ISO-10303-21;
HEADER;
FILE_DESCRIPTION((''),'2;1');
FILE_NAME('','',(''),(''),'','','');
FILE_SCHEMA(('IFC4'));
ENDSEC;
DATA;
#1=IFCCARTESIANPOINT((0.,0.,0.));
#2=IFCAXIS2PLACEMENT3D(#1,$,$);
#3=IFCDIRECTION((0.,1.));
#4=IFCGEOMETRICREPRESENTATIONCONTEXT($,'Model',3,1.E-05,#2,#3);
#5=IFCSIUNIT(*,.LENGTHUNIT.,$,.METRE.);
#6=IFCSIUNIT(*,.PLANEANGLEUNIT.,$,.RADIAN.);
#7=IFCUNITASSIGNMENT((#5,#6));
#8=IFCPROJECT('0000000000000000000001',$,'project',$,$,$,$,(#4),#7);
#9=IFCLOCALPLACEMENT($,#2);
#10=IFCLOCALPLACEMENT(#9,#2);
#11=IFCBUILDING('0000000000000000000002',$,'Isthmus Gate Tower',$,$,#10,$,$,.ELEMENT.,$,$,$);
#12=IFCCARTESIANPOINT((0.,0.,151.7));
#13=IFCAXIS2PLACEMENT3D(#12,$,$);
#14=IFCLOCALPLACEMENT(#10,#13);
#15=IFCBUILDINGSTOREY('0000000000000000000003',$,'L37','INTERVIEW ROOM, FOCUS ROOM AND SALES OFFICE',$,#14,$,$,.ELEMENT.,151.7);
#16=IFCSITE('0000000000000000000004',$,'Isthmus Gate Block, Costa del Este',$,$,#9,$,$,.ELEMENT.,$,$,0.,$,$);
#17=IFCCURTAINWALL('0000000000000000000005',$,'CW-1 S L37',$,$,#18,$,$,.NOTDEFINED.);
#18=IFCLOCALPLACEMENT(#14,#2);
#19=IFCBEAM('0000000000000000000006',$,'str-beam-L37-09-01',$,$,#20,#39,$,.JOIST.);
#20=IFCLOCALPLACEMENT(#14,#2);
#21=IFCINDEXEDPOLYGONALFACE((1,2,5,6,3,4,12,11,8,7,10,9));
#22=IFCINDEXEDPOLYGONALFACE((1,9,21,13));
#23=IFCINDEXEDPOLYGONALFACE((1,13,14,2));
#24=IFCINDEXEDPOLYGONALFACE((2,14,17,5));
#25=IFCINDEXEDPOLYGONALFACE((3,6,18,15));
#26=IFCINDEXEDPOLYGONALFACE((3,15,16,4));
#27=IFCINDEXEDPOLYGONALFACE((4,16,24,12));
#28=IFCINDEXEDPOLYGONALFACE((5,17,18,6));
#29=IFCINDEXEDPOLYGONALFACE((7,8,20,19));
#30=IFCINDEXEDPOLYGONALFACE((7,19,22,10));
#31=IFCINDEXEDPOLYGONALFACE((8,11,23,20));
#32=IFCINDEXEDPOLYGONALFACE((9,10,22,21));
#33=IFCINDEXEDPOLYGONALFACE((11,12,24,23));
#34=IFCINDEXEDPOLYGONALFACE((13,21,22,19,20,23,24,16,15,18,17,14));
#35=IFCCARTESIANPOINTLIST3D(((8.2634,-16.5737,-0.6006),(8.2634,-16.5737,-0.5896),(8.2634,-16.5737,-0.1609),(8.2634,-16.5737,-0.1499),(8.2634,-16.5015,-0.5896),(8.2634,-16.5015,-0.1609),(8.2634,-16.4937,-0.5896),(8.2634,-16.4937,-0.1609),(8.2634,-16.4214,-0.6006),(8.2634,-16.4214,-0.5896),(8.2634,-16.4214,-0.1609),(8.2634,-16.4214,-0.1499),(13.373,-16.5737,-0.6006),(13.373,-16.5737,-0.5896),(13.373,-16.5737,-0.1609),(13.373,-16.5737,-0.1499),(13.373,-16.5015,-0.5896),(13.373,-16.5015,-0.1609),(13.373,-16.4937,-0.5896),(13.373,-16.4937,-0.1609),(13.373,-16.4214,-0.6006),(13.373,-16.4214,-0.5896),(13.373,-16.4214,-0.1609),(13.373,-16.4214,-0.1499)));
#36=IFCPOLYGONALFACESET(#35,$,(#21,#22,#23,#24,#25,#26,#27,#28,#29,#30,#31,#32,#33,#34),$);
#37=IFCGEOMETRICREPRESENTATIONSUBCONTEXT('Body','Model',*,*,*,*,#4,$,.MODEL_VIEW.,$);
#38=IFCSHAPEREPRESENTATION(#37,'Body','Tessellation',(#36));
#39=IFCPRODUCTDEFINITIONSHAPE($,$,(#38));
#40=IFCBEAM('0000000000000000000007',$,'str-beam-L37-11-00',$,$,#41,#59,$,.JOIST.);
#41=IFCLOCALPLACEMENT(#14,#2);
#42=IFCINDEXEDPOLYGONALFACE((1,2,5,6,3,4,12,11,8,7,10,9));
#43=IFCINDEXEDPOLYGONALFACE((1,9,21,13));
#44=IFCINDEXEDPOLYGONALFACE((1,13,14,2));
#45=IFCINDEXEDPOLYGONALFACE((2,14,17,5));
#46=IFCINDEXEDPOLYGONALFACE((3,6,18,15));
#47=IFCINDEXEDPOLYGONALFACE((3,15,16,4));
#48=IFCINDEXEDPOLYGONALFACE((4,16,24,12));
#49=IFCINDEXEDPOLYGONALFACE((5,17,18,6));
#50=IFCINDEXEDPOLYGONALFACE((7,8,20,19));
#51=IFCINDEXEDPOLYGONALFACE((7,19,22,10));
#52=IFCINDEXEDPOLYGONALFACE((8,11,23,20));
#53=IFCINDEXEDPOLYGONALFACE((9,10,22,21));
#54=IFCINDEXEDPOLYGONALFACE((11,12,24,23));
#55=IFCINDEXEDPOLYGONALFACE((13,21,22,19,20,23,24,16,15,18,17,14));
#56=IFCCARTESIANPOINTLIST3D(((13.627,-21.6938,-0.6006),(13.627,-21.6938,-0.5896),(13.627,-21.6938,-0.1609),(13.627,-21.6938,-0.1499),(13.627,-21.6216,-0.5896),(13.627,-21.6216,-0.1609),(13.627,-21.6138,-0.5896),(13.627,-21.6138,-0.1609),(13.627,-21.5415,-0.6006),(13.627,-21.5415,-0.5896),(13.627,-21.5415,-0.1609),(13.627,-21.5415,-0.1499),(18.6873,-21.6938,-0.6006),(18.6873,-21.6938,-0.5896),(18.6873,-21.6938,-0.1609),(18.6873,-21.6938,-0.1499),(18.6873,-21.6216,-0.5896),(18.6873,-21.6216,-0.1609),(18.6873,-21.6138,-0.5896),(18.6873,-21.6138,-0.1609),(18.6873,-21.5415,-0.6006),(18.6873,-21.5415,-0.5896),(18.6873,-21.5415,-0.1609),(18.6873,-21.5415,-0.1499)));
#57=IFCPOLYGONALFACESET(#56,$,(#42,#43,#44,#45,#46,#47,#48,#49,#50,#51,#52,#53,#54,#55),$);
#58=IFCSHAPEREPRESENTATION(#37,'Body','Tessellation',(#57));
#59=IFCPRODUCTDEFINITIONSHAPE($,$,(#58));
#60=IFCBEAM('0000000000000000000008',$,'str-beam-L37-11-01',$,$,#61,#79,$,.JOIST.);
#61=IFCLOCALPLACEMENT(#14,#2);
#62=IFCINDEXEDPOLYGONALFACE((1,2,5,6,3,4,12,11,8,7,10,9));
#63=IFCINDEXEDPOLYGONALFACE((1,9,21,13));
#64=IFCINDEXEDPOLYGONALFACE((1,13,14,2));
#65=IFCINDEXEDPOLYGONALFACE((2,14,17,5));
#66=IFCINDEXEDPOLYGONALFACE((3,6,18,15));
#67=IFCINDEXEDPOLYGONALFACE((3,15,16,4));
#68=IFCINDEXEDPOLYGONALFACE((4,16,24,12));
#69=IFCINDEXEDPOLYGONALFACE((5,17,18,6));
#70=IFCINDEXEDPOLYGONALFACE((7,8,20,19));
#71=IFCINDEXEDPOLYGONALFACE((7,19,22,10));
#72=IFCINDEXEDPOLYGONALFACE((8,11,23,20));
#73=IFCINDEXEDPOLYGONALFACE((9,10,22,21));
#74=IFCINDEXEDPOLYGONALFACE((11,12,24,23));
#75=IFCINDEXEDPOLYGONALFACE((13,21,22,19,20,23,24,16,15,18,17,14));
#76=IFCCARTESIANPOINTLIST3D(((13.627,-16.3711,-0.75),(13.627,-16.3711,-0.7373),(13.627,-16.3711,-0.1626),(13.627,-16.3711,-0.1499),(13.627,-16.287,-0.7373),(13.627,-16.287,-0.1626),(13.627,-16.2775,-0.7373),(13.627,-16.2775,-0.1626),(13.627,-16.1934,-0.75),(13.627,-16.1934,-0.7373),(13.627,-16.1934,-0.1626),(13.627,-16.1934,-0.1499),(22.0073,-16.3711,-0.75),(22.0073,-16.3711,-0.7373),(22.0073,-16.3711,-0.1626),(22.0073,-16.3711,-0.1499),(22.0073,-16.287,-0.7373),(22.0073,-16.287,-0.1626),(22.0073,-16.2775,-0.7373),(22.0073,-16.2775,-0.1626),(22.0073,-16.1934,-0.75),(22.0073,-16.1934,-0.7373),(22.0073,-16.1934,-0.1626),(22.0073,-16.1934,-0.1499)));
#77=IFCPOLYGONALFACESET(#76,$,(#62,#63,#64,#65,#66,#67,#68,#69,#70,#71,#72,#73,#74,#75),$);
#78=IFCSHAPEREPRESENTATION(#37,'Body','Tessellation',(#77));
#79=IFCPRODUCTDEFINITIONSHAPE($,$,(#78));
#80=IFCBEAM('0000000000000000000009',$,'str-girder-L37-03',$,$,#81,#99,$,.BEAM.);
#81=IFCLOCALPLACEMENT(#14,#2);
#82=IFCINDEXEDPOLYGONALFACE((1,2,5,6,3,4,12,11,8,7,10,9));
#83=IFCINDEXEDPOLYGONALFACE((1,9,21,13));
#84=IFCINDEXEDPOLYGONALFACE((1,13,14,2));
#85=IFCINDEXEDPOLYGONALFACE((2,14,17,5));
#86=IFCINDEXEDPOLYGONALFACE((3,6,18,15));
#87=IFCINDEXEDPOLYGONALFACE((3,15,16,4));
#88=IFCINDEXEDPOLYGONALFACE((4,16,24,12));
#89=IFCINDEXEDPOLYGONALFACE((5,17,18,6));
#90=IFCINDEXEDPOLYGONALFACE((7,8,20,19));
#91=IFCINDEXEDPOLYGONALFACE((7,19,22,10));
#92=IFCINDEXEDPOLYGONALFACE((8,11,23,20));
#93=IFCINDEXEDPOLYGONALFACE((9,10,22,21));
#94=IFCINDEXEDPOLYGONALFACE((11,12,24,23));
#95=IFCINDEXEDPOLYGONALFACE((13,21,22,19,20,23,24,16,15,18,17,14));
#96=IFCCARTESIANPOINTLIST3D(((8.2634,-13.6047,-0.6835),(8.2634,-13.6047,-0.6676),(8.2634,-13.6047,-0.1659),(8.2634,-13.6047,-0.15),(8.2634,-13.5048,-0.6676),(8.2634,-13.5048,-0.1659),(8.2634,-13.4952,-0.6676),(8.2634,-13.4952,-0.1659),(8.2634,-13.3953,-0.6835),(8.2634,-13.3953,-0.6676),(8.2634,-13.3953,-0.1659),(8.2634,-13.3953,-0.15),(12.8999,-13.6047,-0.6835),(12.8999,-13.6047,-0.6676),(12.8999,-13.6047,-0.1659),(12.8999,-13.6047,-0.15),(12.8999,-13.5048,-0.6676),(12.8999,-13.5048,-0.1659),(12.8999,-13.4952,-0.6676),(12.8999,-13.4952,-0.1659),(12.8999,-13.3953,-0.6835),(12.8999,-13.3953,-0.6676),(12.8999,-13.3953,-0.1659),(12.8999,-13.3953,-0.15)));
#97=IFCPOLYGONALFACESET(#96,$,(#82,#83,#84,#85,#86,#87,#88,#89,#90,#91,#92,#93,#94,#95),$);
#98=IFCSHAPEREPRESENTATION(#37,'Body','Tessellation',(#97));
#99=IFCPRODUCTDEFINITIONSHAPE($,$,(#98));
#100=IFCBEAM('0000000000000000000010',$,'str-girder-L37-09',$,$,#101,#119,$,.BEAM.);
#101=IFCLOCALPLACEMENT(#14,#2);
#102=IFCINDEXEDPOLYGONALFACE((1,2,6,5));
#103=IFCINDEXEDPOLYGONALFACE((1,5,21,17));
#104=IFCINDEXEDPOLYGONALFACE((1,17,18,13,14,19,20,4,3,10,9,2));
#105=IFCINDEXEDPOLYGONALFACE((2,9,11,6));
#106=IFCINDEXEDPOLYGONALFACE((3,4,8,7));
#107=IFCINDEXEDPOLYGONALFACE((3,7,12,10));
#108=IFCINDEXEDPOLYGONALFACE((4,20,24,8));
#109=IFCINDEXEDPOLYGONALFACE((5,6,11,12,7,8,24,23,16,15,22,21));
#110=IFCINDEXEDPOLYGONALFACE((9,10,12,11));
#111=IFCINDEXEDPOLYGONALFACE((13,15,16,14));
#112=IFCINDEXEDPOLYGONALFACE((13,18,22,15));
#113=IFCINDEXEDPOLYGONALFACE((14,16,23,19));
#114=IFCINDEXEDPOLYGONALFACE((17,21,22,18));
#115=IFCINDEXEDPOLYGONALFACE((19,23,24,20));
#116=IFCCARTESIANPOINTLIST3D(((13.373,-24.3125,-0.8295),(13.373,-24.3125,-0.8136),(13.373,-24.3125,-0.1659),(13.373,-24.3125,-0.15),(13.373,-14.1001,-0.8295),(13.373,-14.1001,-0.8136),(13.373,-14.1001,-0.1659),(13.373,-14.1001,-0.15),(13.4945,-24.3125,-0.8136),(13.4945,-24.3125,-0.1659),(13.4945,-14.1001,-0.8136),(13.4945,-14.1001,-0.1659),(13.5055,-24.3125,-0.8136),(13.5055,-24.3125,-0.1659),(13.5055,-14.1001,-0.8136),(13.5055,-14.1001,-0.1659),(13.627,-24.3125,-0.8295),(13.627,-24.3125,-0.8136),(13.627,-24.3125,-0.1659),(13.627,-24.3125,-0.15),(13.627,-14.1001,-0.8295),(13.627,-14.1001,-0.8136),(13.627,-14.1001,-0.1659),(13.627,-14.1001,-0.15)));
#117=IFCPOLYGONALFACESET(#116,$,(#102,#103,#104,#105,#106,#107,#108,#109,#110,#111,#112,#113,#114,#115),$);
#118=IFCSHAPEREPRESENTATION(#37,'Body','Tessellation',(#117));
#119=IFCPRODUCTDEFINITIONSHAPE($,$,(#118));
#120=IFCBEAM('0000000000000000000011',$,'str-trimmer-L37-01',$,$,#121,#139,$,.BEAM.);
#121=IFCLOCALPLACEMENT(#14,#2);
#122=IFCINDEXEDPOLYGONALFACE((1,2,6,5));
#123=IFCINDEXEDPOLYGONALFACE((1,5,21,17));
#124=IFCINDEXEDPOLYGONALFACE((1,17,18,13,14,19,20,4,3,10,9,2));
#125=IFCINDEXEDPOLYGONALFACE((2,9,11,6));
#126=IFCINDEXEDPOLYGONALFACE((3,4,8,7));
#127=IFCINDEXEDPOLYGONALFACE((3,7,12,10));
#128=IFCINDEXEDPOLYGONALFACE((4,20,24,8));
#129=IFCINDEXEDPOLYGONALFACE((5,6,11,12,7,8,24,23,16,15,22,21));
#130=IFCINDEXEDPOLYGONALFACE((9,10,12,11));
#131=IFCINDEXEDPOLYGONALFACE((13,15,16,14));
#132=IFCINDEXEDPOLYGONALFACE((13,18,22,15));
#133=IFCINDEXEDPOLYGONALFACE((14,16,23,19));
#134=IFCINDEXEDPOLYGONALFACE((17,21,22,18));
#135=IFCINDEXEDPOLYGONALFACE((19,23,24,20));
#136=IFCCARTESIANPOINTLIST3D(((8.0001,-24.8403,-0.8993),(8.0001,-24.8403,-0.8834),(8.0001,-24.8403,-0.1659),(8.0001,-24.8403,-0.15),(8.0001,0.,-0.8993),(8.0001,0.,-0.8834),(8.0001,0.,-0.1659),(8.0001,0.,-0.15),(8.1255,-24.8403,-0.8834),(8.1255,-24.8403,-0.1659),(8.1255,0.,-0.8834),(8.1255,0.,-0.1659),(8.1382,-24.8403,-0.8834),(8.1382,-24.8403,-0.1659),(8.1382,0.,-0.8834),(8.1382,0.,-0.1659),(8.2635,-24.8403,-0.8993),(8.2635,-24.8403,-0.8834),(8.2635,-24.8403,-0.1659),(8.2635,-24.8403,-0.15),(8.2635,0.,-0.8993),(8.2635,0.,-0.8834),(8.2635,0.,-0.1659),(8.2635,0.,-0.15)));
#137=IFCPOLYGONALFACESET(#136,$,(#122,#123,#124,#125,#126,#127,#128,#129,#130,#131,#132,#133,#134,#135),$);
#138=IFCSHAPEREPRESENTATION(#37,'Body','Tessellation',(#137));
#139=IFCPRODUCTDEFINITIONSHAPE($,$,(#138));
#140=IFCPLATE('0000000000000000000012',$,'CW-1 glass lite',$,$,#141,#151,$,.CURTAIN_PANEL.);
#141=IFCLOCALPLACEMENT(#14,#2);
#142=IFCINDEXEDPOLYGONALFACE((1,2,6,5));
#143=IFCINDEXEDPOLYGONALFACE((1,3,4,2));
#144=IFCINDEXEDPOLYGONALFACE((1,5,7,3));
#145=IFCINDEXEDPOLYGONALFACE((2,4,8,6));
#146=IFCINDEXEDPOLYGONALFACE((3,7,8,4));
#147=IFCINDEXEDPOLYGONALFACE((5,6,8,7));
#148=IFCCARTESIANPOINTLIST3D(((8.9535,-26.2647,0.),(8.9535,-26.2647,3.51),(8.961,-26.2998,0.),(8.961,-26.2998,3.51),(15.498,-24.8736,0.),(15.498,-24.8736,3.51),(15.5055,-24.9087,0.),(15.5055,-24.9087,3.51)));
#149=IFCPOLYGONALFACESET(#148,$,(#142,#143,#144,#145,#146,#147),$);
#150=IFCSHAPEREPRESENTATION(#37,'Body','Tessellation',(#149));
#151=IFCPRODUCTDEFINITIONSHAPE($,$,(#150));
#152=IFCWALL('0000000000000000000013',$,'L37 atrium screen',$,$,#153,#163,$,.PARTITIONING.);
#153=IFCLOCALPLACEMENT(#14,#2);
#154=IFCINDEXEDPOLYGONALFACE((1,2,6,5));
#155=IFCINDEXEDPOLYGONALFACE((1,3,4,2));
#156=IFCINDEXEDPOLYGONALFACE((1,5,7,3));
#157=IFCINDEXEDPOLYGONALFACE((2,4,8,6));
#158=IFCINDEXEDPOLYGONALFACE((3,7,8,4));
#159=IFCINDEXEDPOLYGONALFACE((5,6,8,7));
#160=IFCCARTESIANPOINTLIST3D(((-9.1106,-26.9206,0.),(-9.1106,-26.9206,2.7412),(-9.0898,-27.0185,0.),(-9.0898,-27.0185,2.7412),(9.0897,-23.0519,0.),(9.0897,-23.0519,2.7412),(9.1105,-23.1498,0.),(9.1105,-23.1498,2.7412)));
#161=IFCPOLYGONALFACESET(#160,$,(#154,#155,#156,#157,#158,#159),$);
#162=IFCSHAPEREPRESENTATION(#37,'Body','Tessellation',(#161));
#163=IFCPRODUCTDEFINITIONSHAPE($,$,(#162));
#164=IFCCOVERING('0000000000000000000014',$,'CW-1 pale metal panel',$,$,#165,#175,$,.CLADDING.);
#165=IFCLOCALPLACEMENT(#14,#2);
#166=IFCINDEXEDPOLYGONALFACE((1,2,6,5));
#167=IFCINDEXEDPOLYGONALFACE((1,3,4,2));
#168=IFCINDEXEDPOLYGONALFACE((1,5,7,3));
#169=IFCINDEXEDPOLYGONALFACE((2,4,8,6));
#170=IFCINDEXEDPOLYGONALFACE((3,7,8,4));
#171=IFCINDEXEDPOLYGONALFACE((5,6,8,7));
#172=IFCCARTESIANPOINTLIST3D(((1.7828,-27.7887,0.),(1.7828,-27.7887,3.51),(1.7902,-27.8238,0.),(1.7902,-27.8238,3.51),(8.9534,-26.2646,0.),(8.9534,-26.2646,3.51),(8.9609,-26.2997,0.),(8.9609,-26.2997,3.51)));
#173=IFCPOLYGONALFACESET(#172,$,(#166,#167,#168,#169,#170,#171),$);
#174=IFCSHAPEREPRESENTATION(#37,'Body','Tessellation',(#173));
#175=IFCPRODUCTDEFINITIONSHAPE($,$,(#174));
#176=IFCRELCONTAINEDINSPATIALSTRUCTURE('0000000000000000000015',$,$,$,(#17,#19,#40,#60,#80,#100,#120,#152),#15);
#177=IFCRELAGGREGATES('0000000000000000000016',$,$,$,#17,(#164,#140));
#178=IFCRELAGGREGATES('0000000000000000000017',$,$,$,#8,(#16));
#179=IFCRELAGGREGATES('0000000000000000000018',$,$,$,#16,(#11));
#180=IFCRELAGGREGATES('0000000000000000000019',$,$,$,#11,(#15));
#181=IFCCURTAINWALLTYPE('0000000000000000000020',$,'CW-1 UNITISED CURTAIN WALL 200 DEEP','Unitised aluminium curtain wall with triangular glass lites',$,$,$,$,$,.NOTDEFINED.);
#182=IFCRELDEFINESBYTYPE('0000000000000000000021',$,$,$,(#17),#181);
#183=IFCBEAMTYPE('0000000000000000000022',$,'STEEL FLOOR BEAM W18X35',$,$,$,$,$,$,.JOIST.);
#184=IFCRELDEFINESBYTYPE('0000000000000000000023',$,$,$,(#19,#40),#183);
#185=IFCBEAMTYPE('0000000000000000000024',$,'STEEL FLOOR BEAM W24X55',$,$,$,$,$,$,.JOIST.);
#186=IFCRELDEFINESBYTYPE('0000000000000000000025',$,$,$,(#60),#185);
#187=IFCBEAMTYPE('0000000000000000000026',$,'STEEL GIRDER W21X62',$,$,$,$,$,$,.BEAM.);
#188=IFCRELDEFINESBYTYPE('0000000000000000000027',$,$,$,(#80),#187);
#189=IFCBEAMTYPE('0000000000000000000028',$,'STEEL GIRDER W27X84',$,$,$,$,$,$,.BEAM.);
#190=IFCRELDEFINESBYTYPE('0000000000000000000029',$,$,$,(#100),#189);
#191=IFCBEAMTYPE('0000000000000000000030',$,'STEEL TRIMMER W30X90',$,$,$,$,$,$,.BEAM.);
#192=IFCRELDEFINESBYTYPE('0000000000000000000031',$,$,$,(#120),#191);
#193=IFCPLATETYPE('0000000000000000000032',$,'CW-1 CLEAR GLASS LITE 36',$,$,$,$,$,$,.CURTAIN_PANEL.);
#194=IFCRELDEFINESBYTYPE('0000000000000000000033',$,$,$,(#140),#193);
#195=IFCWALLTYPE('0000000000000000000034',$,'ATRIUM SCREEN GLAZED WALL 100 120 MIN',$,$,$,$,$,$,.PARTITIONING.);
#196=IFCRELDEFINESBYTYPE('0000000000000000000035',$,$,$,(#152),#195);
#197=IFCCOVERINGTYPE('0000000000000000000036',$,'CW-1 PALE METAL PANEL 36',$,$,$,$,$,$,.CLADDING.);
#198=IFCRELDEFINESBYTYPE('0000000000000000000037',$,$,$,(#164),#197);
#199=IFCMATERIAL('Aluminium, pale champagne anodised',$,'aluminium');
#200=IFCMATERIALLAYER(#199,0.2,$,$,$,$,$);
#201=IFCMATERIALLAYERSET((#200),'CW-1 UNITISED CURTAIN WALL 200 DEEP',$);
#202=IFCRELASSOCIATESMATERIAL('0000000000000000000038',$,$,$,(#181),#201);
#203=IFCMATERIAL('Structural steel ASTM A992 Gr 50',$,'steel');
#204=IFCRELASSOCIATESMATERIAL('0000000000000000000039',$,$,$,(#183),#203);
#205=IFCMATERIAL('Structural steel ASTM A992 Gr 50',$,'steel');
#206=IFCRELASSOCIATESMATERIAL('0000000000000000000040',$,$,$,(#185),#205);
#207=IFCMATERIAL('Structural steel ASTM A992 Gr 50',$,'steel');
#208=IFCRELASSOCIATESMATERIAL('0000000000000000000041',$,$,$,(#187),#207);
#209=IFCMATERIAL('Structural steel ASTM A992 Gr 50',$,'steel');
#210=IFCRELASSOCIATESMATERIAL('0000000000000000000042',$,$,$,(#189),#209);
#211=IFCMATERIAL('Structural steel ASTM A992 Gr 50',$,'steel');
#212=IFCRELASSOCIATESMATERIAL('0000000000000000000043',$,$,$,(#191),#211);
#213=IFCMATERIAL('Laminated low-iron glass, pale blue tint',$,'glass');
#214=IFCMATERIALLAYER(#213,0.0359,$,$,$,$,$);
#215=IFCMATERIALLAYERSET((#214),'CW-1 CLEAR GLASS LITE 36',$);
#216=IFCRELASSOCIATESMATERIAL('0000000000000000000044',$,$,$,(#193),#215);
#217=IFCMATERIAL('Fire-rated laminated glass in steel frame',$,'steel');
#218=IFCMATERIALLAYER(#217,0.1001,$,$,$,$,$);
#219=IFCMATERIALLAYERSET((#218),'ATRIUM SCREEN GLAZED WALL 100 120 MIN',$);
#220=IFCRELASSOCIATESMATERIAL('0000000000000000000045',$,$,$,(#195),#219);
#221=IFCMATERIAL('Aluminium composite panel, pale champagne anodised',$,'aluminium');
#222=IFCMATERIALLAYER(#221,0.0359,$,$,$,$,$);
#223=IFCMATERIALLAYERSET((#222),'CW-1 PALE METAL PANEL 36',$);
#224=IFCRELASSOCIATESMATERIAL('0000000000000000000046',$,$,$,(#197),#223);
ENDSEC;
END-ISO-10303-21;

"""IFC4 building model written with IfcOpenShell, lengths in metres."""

from ifc_helpers import new_model, si_unit, direction, frame, frame_2d, origin, origin_2d, place, context, subcontext, project, spatial, rectangle, i_section, extrude, material, layer, layer_set, material_profile, profile_set, type_object, element, aggregate, save


model = new_model("IFC4")

# Units and contexts
model_context = context("Model", 3, precision=1e-05, world=origin(), true_north=direction((0.0, 1.0)))
body_context = subcontext(model_context, "Body", "Model", "MODEL_VIEW")
ifc_project = project(units=[si_unit("LENGTHUNIT", "METRE"), si_unit("PLANEANGLEUNIT", "RADIAN")], contexts=[model_context])

# Site, building, storey
site_placement = place(None, origin())
site = spatial("IfcSite", under=ifc_project, at=site_placement, Name="Isthmus Gate Block, Costa del Este", CompositionType="ELEMENT", RefElevation=0.0)
building_placement = place(site_placement, origin())
building = spatial("IfcBuilding", under=site, at=building_placement, Name="Isthmus Gate Tower", CompositionType="ELEMENT")
storey_placement = place(building_placement, frame((0.0, 0.0, 151.7)))
storey = spatial("IfcBuildingStorey", under=building, at=storey_placement, Name="L37", Description="INTERVIEW ROOM, FOCUS ROOM AND SALES OFFICE", CompositionType="ELEMENT", Elevation=151.7)

# Curtain wall
ifc_material_1 = material(Name="Aluminium, pale champagne anodised", Category="aluminium")
ifc_layer_1 = layer(ifc_material_1, 0.2)
ifc_layer_set_1 = layer_set([ifc_layer_1], Name="CW-1 UNITISED CURTAIN WALL 200 DEEP")
curtain_wall_type = type_object("IfcCurtainWallType", Name="CW-1 UNITISED CURTAIN WALL 200 DEEP", Description="Unitised aluminium curtain wall with triangular glass lites", PredefinedType="NOTDEFINED", material=ifc_layer_set_1)
curtain_wall_placement = place(storey_placement, origin())
curtain_wall = element("IfcCurtainWall", 1, at=curtain_wall_placement, inside=storey, type_object=curtain_wall_type, Name="CW-1 S L37", PredefinedType="NOTDEFINED")

# Beams
ifc_material_2 = material(Name="Structural steel ASTM A992 Gr 50", Category="steel")
ifc_material_profile_1 = material_profile(ifc_material_2, i_section(OverallWidth=0.1523, OverallDepth=0.4507, WebThickness=0.0078, FlangeThickness=0.011, at=origin_2d()), Name="W18X35")
ifc_profile_set_1 = profile_set([ifc_material_profile_1], Name="Structural steel ASTM A992 Gr 50")
beam_type_1 = type_object("IfcBeamType", Name="STEEL FLOOR BEAM W18X35", PredefinedType="JOIST", material=ifc_profile_set_1)
for number, where, z_axis, x_axis, name in (
    (2, (8.2634, -16.4976, -0.3752), (1.0, 0.0, 0.0), (0.0, 1.0, 0.0), "str-beam-L37-09-01"),
):
    element("IfcBeam", number, at=place(storey_placement, frame(where, z_axis=z_axis, x_axis=x_axis)), inside=storey, type_object=beam_type_1, Name=name, PredefinedType="JOIST", context=body_context, shape_type="SweptSolid", body=[
        extrude(i_section(OverallWidth=0.1523, OverallDepth=0.4507, WebThickness=0.0078, FlangeThickness=0.011, at=origin_2d()), origin(), (0.0, 0.0, 1.0), 5.1096),
    ])
beam_1_placement = place(storey_placement, frame((13.627, -21.6177, -0.3752), z_axis=(1.0, 0.0, 0.0), x_axis=(0.0, 1.0, 0.0)))
element("IfcBeam", 3, at=beam_1_placement, inside=storey, type_object=beam_type_1, Name="str-beam-L37-11-00", PredefinedType="JOIST", context=body_context, shape_type="SweptSolid", body=[
    extrude(i_section(OverallWidth=0.1523, OverallDepth=0.4507, WebThickness=0.0078, FlangeThickness=0.011, at=origin_2d()), origin(), (0.0, 0.0, 1.0), 5.0603),
])
ifc_material_3 = material(Name="Structural steel ASTM A992 Gr 50", Category="steel")
ifc_material_profile_2 = material_profile(ifc_material_3, i_section(OverallWidth=0.1777, OverallDepth=0.6001, WebThickness=0.0095, FlangeThickness=0.0127, at=origin_2d()), Name="W24X55")
ifc_profile_set_2 = profile_set([ifc_material_profile_2], Name="Structural steel ASTM A992 Gr 50")
beam_type_2 = type_object("IfcBeamType", Name="STEEL FLOOR BEAM W24X55", PredefinedType="JOIST", material=ifc_profile_set_2)
beam_2_placement = place(storey_placement, frame((13.627, -16.2822, -0.45), z_axis=(1.0, 0.0, 0.0), x_axis=(0.0, 1.0, 0.0)))
element("IfcBeam", 4, at=beam_2_placement, inside=storey, type_object=beam_type_2, Name="str-beam-L37-11-01", PredefinedType="JOIST", context=body_context, shape_type="SweptSolid", body=[
    extrude(i_section(OverallWidth=0.1777, OverallDepth=0.6001, WebThickness=0.0095, FlangeThickness=0.0127, at=origin_2d()), origin(), (0.0, 0.0, 1.0), 8.3804),
])
ifc_material_4 = material(Name="Structural steel ASTM A992 Gr 50", Category="steel")
ifc_material_profile_3 = material_profile(ifc_material_4, i_section(OverallWidth=0.2095, OverallDepth=0.5334, WebThickness=0.0095, FlangeThickness=0.0159, at=origin_2d()), Name="W21X62")
ifc_profile_set_3 = profile_set([ifc_material_profile_3], Name="Structural steel ASTM A992 Gr 50")
beam_type_3 = type_object("IfcBeamType", Name="STEEL GIRDER W21X62", PredefinedType="BEAM", material=ifc_profile_set_3)
beam_3_placement = place(storey_placement, frame((8.2634, -13.5, -0.4167), z_axis=(1.0, 0.0, 0.0), x_axis=(0.0, 1.0, 0.0)))
element("IfcBeam", 5, at=beam_3_placement, inside=storey, type_object=beam_type_3, Name="str-girder-L37-03", PredefinedType="BEAM", context=body_context, shape_type="SweptSolid", body=[
    extrude(i_section(OverallWidth=0.2095, OverallDepth=0.5334, WebThickness=0.0095, FlangeThickness=0.0159, at=origin_2d()), origin(), (0.0, 0.0, 1.0), 4.6365),
])
ifc_material_5 = material(Name="Structural steel ASTM A992 Gr 50", Category="steel")
ifc_material_profile_4 = material_profile(ifc_material_5, i_section(OverallWidth=0.2539, OverallDepth=0.6794, WebThickness=0.011, FlangeThickness=0.0159, at=origin_2d()), Name="W27X84")
ifc_profile_set_4 = profile_set([ifc_material_profile_4], Name="Structural steel ASTM A992 Gr 50")
beam_type_4 = type_object("IfcBeamType", Name="STEEL GIRDER W27X84", PredefinedType="BEAM", material=ifc_profile_set_4)
beam_4_placement = place(storey_placement, frame((13.5, -24.3125, -0.4897), z_axis=(0.0, 1.0, 0.0), x_axis=(-1.0, 0.0, 0.0)))
element("IfcBeam", 6, at=beam_4_placement, inside=storey, type_object=beam_type_4, Name="str-girder-L37-09", PredefinedType="BEAM", context=body_context, shape_type="SweptSolid", body=[
    extrude(i_section(OverallWidth=0.2539, OverallDepth=0.6794, WebThickness=0.011, FlangeThickness=0.0159, at=origin_2d()), origin(), (0.0, 0.0, 1.0), 10.2124),
])
ifc_material_6 = material(Name="Structural steel ASTM A992 Gr 50", Category="steel")
ifc_material_profile_5 = material_profile(ifc_material_6, i_section(OverallWidth=0.2634, OverallDepth=0.7493, WebThickness=0.0127, FlangeThickness=0.0159, at=origin_2d()), Name="W30X90")
ifc_profile_set_5 = profile_set([ifc_material_profile_5], Name="Structural steel ASTM A992 Gr 50")
beam_type_5 = type_object("IfcBeamType", Name="STEEL TRIMMER W30X90", PredefinedType="BEAM", material=ifc_profile_set_5)
beam_5_placement = place(storey_placement, frame((8.1318, -24.8403, -0.5247), z_axis=(0.0, 1.0, 0.0), x_axis=(-1.0, 0.0, 0.0)))
element("IfcBeam", 7, at=beam_5_placement, inside=storey, type_object=beam_type_5, Name="str-trimmer-L37-01", PredefinedType="BEAM", context=body_context, shape_type="SweptSolid", body=[
    extrude(i_section(OverallWidth=0.2634, OverallDepth=0.7493, WebThickness=0.0127, FlangeThickness=0.0159, at=origin_2d()), origin(), (0.0, 0.0, 1.0), 24.8403),
])

# Plate
ifc_material_7 = material(Name="Laminated low-iron glass, pale blue tint", Category="glass")
ifc_layer_2 = layer(ifc_material_7, 0.0359)
ifc_layer_set_2 = layer_set([ifc_layer_2], Name="CW-1 CLEAR GLASS LITE 36")
plate_type = type_object("IfcPlateType", Name="CW-1 CLEAR GLASS LITE 36", PredefinedType="CURTAIN_PANEL", material=ifc_layer_set_2)
plate_placement = place(storey_placement, frame((12.2295, -25.5867, 0.0), z_axis=(0.0, 0.0, 1.0), x_axis=(0.978148, 0.207912, 0.0)))
plate = element("IfcPlate", 8, at=plate_placement, type_object=plate_type, Name="CW-1 glass lite", PredefinedType="CURTAIN_PANEL", context=body_context, shape_type="SweptSolid", body=[
    extrude(rectangle(XDim=6.6907, YDim=0.0359, at=origin_2d()), origin(), (0.0, 0.0, 1.0), 3.51),
])

# Wall
ifc_material_8 = material(Name="Fire-rated laminated glass in steel frame", Category="steel")
ifc_layer_3 = layer(ifc_material_8, 0.1001)
ifc_layer_set_3 = layer_set([ifc_layer_3], Name="ATRIUM SCREEN GLAZED WALL 100 120 MIN")
wall_type = type_object("IfcWallType", Name="ATRIUM SCREEN GLAZED WALL 100 120 MIN", PredefinedType="PARTITIONING", material=ifc_layer_set_3)
wall_placement = place(storey_placement, frame((9.1001, -23.1008, 0.0), z_axis=(0.0, 0.0, 1.0), x_axis=(-0.978147, -0.207916, 0.0)))
element("IfcWall", 9, at=wall_placement, inside=storey, type_object=wall_type, Name="L37 atrium screen", PredefinedType="PARTITIONING", context=body_context, shape_type="SweptSolid", body=[
    extrude(rectangle(XDim=18.6069, YDim=0.1001, at=frame_2d((9.3035, 0.0))), origin(), (0.0, 0.0, 1.0), 2.7412),
])

# Covering
ifc_material_9 = material(Name="Aluminium composite panel, pale champagne anodised", Category="aluminium")
ifc_layer_4 = layer(ifc_material_9, 0.0359)
ifc_layer_set_4 = layer_set([ifc_layer_4], Name="CW-1 PALE METAL PANEL 36")
covering_type = type_object("IfcCoveringType", Name="CW-1 PALE METAL PANEL 36", PredefinedType="CLADDING", material=ifc_layer_set_4)
covering_placement = place(storey_placement, frame((5.3718, -27.0442, 0.0), z_axis=(0.0, 0.0, 1.0), x_axis=(0.978148, 0.207912, 0.0)))
covering = element("IfcCovering", 10, at=covering_placement, type_object=covering_type, Name="CW-1 pale metal panel", PredefinedType="CLADDING", context=body_context, shape_type="SweptSolid", body=[
    extrude(rectangle(XDim=7.3308, YDim=0.0359, at=origin_2d()), origin(), (0.0, 0.0, 1.0), 3.51),
])
aggregate(curtain_wall, [covering, plate])

save(model, "model.ifc")
